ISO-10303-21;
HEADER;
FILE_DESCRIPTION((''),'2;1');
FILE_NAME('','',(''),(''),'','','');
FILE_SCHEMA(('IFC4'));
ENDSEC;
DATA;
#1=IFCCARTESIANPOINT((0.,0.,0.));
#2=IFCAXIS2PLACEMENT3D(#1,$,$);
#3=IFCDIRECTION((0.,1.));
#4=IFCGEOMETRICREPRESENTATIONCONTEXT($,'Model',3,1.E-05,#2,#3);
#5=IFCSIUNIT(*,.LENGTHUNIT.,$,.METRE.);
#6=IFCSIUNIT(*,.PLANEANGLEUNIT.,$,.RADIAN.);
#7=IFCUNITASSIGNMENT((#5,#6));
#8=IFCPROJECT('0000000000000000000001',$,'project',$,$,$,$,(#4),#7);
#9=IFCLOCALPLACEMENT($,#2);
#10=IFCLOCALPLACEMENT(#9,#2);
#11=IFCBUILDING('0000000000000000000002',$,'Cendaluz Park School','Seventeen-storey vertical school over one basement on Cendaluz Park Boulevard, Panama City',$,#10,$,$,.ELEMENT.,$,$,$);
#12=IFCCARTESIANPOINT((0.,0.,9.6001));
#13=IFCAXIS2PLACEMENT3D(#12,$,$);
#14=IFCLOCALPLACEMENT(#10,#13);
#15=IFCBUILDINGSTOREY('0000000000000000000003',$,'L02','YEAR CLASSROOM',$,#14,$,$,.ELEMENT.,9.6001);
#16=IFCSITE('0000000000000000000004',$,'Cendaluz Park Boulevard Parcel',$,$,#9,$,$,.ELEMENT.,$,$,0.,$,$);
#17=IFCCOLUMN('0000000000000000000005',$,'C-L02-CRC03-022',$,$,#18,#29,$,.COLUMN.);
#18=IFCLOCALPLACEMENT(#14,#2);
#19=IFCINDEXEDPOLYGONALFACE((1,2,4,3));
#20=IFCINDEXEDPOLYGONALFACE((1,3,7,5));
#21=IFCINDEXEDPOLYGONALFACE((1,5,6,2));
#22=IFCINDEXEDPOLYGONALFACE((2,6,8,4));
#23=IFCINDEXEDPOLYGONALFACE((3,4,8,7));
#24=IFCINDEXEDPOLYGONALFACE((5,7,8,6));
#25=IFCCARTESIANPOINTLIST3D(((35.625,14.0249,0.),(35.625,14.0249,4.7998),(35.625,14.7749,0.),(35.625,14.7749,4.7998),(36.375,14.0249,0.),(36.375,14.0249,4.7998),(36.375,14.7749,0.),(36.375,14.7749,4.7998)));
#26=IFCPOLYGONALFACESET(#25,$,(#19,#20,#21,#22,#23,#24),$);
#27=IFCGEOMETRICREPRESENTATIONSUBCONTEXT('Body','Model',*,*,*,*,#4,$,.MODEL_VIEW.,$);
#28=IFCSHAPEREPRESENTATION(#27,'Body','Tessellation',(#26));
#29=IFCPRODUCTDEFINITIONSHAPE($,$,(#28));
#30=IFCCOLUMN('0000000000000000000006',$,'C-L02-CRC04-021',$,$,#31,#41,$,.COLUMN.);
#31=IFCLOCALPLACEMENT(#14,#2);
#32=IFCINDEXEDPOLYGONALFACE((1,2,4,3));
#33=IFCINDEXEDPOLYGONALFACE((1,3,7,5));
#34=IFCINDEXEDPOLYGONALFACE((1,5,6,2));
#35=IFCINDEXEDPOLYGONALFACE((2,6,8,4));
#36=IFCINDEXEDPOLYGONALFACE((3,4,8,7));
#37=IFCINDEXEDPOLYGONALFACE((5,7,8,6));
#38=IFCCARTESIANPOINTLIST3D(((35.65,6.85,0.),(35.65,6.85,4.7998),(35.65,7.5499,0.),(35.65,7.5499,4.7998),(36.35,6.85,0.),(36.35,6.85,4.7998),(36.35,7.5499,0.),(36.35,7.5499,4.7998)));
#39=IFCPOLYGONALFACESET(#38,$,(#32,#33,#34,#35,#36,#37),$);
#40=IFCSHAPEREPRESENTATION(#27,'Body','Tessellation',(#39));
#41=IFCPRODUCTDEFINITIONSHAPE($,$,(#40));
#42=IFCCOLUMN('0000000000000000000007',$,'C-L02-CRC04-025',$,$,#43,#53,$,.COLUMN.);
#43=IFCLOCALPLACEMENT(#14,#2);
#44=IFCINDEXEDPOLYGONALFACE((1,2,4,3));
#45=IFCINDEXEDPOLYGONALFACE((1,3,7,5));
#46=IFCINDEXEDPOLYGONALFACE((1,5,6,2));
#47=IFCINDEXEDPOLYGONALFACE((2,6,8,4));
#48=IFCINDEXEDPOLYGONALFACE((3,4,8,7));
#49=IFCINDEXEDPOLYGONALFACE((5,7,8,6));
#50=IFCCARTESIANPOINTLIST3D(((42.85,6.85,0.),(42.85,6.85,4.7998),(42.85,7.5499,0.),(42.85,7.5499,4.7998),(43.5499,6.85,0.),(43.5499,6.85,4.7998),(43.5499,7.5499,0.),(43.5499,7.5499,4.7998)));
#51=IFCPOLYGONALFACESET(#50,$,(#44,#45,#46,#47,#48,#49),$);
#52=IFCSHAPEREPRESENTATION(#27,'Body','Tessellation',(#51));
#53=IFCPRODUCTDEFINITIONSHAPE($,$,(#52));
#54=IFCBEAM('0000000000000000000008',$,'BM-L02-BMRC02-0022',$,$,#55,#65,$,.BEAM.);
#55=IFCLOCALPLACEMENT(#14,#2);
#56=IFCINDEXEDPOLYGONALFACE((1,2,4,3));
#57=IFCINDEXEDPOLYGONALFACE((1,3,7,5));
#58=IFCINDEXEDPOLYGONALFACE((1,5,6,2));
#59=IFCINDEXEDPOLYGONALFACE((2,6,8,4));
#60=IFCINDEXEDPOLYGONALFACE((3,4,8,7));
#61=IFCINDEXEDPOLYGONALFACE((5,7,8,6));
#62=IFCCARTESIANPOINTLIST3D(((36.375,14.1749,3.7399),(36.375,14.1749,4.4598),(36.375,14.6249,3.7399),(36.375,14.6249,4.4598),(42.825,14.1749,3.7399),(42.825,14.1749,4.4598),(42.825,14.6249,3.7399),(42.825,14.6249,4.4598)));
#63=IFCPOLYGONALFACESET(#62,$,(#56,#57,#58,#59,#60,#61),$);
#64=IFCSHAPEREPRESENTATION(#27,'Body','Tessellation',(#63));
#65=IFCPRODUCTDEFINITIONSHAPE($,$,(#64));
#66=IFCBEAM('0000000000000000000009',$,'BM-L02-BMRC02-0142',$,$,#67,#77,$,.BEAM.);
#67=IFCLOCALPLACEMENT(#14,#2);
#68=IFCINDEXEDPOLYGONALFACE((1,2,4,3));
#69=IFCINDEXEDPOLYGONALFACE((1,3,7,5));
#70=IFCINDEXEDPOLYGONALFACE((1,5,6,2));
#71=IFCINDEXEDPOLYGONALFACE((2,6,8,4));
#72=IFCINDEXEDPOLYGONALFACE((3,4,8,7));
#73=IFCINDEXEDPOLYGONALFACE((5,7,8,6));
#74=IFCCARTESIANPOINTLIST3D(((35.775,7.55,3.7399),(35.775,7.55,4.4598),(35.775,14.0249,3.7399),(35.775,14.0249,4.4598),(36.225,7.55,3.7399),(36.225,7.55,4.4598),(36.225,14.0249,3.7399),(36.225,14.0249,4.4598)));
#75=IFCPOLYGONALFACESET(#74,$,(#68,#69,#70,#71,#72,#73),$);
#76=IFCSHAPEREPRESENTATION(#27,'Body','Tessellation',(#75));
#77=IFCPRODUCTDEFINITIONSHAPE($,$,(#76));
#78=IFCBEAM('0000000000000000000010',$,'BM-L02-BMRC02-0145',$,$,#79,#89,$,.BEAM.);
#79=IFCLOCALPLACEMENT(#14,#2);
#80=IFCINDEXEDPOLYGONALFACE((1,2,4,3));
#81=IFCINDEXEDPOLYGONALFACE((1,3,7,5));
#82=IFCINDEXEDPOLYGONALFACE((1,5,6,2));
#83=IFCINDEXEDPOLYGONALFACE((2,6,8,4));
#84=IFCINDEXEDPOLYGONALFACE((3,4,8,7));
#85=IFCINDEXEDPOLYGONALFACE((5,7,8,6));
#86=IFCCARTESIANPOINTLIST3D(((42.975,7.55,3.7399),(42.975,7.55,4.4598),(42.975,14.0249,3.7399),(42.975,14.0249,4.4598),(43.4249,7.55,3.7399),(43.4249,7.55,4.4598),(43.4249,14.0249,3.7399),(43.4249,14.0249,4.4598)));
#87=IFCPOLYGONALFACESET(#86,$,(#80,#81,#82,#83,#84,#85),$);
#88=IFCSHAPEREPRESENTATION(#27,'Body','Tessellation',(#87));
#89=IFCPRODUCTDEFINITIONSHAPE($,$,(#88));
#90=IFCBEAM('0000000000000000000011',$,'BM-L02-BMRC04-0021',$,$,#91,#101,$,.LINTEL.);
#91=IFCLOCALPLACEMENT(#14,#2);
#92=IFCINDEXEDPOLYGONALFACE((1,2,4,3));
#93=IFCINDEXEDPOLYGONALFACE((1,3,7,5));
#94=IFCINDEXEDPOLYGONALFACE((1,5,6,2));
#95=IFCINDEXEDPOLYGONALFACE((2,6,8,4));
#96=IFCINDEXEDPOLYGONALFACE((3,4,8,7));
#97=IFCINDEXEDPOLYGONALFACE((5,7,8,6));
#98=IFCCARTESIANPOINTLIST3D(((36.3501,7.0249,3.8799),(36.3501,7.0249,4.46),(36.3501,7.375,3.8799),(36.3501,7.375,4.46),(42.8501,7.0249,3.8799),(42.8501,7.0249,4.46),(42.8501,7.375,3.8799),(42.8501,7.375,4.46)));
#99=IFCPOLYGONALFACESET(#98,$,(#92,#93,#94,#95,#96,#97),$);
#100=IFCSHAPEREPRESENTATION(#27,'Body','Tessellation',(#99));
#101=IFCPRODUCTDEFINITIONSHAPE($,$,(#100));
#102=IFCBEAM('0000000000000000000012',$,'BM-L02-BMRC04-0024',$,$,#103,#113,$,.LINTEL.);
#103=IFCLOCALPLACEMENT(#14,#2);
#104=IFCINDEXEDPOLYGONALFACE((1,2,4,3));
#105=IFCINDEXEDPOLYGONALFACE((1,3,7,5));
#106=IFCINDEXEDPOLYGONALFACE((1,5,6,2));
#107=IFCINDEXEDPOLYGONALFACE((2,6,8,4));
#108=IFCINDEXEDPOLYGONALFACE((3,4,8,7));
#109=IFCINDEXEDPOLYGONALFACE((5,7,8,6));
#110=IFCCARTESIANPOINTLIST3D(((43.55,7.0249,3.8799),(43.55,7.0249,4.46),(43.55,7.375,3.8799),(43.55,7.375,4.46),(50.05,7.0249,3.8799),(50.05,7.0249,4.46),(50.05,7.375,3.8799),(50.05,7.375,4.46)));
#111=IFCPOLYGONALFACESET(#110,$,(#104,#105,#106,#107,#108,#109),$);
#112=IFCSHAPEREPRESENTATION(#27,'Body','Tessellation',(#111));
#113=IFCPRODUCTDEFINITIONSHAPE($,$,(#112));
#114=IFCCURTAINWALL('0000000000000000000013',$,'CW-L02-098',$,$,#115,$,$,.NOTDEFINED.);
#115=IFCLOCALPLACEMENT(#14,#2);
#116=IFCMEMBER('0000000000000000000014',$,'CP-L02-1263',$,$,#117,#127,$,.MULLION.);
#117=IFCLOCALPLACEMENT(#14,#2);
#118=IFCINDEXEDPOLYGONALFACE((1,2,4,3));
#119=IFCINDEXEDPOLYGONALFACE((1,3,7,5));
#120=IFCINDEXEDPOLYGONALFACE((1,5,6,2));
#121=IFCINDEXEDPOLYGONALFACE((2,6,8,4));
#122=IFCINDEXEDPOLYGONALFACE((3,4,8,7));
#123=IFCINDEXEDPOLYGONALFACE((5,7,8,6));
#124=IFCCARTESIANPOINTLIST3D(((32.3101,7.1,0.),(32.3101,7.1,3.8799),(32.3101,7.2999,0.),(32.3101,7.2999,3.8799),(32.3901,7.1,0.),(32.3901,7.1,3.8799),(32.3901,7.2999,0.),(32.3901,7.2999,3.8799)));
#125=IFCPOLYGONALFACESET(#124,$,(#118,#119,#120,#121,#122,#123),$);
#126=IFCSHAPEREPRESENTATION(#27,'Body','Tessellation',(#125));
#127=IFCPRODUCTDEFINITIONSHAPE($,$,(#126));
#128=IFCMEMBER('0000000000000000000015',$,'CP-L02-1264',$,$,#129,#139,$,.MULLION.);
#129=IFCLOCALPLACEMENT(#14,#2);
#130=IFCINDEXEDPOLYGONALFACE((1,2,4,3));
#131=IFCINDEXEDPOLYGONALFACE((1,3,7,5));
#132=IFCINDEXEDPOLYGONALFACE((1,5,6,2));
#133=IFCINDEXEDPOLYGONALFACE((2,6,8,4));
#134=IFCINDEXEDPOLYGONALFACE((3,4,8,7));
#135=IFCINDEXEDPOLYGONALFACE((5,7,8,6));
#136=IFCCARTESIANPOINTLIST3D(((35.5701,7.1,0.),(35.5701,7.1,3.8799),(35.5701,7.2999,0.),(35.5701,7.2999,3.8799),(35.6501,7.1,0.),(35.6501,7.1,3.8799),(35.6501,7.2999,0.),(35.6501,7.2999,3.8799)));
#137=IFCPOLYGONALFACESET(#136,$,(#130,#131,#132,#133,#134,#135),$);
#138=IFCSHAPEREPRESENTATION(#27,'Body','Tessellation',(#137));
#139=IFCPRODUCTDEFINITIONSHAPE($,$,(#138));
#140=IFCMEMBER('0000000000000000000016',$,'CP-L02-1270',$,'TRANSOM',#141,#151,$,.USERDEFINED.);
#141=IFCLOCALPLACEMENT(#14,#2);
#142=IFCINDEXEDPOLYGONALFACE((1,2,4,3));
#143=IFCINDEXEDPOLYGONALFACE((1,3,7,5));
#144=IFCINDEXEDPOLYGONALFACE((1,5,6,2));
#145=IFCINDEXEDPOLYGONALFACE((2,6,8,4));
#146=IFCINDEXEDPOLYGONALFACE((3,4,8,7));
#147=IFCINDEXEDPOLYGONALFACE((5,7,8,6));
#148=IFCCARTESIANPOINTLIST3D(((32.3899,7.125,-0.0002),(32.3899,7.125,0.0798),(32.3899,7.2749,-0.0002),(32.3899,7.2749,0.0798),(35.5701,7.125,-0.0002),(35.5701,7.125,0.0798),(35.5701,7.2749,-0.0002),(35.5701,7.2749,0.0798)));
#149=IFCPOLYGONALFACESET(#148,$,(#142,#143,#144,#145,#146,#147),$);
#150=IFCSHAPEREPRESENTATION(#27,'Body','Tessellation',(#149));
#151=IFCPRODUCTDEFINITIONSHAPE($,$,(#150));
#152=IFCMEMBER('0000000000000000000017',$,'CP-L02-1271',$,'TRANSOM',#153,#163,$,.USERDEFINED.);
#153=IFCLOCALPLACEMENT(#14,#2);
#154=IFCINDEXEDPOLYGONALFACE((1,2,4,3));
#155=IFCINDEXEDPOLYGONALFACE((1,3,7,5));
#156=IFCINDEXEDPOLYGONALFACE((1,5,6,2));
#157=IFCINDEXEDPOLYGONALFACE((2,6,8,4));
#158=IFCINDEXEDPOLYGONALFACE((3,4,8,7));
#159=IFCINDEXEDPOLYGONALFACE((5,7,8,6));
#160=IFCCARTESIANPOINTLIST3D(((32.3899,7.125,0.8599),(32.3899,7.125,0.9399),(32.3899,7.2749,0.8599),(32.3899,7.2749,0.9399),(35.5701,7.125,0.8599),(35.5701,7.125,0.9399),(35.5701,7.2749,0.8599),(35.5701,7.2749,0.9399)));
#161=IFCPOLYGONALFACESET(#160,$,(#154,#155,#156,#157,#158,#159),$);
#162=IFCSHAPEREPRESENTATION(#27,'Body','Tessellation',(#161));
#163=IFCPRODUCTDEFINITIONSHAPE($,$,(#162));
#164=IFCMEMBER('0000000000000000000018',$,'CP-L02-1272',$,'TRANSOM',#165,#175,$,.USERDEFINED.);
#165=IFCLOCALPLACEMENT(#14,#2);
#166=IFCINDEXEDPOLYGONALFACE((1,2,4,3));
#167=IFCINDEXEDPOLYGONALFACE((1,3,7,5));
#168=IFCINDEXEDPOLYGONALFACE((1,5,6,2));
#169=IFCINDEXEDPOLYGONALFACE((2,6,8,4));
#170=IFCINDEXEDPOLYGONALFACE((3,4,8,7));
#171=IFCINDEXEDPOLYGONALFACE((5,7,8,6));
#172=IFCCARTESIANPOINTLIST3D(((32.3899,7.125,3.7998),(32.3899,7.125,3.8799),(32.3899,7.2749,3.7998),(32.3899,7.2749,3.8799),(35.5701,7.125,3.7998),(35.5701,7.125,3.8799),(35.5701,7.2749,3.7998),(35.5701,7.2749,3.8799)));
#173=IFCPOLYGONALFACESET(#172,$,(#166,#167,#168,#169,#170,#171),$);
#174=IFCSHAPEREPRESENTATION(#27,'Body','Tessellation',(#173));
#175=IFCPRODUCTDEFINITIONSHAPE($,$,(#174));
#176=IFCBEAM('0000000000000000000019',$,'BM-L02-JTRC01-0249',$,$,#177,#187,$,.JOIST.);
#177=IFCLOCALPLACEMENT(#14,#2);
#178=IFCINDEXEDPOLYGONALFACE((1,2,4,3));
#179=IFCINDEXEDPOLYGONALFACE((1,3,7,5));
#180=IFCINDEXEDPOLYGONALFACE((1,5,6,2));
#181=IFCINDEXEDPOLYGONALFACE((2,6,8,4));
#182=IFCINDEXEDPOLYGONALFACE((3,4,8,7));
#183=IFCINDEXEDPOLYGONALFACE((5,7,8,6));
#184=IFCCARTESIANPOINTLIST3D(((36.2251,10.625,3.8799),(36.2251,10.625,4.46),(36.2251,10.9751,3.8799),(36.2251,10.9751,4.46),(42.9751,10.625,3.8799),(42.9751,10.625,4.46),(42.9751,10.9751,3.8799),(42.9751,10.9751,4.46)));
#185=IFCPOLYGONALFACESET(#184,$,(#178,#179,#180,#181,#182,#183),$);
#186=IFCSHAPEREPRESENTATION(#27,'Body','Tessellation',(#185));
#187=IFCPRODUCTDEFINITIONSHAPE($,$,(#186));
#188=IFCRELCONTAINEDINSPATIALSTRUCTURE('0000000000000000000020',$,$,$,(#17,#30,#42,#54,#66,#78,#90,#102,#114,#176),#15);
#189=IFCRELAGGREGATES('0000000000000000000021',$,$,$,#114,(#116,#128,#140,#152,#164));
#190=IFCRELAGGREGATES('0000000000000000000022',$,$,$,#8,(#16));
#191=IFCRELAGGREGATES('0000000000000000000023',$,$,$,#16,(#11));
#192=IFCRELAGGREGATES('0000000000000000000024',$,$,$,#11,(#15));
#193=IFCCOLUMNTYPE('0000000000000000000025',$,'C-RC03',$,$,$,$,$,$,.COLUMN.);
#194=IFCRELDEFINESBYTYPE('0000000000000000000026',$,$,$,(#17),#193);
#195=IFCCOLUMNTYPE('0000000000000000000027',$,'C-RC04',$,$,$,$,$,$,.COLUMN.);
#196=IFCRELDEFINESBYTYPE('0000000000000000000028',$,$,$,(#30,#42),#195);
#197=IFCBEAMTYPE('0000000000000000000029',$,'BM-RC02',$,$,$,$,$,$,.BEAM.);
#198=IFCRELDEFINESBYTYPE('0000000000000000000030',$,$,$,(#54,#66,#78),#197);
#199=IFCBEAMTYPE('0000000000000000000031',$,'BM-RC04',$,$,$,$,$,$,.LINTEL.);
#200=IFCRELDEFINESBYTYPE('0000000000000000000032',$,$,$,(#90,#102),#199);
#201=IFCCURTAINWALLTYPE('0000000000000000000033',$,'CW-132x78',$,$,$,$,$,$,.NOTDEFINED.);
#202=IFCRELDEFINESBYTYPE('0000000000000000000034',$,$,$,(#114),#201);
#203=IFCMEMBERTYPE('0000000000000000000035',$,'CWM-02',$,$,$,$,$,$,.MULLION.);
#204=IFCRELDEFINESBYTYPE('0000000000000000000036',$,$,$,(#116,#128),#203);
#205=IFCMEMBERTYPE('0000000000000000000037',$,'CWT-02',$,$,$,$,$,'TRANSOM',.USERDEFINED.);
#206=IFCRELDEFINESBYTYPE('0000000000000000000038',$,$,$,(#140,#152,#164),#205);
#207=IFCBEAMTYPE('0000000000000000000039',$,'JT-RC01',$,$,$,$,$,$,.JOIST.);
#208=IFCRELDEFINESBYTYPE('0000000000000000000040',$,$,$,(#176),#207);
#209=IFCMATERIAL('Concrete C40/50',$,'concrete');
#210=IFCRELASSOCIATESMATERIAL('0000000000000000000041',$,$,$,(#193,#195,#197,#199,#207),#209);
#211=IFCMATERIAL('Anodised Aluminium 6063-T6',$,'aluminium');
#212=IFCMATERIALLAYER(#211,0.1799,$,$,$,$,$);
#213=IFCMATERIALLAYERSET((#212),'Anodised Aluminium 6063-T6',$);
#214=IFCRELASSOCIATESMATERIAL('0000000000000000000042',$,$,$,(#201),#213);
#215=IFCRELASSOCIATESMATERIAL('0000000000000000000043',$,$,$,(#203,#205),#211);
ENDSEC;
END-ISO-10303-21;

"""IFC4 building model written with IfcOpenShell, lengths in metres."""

from ifc_helpers import new_model, si_unit, direction, frame, origin, origin_2d, place, context, subcontext, project, spatial, rectangle, extrude, material, layer, layer_set, material_profile, profile_set, type_object, element, aggregate, save


model = new_model("IFC4")

# Units and contexts
model_context = context("Model", 3, precision=1e-05, world=origin(), true_north=direction((0.0, 1.0)))
body_context = subcontext(model_context, "Body", "Model", "MODEL_VIEW")
ifc_project = project(units=[si_unit("LENGTHUNIT", "METRE"), si_unit("PLANEANGLEUNIT", "RADIAN")], contexts=[model_context])

# Site, building, storey
site_placement = place(None, origin())
site = spatial("IfcSite", under=ifc_project, at=site_placement, Name="Cendaluz Park Boulevard Parcel", CompositionType="ELEMENT", RefElevation=0.0)
building_placement = place(site_placement, origin())
building = spatial("IfcBuilding", under=site, at=building_placement, Name="Cendaluz Park School", Description="Seventeen-storey vertical school over one basement on Cendaluz Park Boulevard, Panama City", CompositionType="ELEMENT")
storey_placement = place(building_placement, frame((0.0, 0.0, 9.6001)))
storey = spatial("IfcBuildingStorey", under=building, at=storey_placement, Name="L02", Description="YEAR CLASSROOM", CompositionType="ELEMENT", Elevation=9.6001)

# Columns
ifc_material_1 = material(Name="Concrete C40/50", Category="concrete")
ifc_material_profile_1 = material_profile(ifc_material_1, rectangle(XDim=0.75, YDim=0.75, at=origin_2d()), Name="RC 750x750", Category="concrete")
ifc_profile_set_1 = profile_set([ifc_material_profile_1], Name="Concrete C40/50")
column_type_1 = type_object("IfcColumnType", Name="C-RC03", PredefinedType="COLUMN", material=ifc_profile_set_1)
column_placement = place(storey_placement, frame((36.0, 14.3999, 0.0), z_axis=(0.0, 0.0, 1.0), x_axis=(1.0, 0.0, 0.0)))
element("IfcColumn", 1, at=column_placement, inside=storey, type_object=column_type_1, Name="C-L02-CRC03-022", PredefinedType="COLUMN", context=body_context, shape_type="SweptSolid", body=[
    extrude(rectangle(XDim=0.75, YDim=0.75, at=origin_2d()), origin(), (0.0, 0.0, 1.0), 4.7998),
])
ifc_material_profile_2 = material_profile(ifc_material_1, rectangle(XDim=0.7, YDim=0.7, at=origin_2d()), Name="RC 700x700", Category="concrete")
ifc_profile_set_2 = profile_set([ifc_material_profile_2], Name="Concrete C40/50")
column_type_2 = type_object("IfcColumnType", Name="C-RC04", PredefinedType="COLUMN", material=ifc_profile_set_2)
for number, where, z_axis, x_axis, name in (
    (2, (36.0, 7.2, 0.0), (0.0, 0.0, 1.0), (1.0, 0.0, 0.0), "C-L02-CRC04-021"),
    (3, (43.2, 7.2, 0.0), (0.0, 0.0, 1.0), (1.0, 0.0, 0.0), "C-L02-CRC04-025"),
):
    element("IfcColumn", number, at=place(storey_placement, frame(where, z_axis=z_axis, x_axis=x_axis)), inside=storey, type_object=column_type_2, Name=name, PredefinedType="COLUMN", context=body_context, shape_type="SweptSolid", body=[
        extrude(rectangle(XDim=0.7, YDim=0.7, at=origin_2d()), origin(), (0.0, 0.0, 1.0), 4.7998),
    ])

# Beams
ifc_material_profile_3 = material_profile(ifc_material_1, rectangle(XDim=0.45, YDim=0.72, at=origin_2d()), Name="RC 450x720", Category="concrete")
ifc_profile_set_3 = profile_set([ifc_material_profile_3], Name="Concrete C40/50")
beam_type_1 = type_object("IfcBeamType", Name="BM-RC02", PredefinedType="BEAM", material=ifc_profile_set_3)
beam_1_placement = place(storey_placement, frame((36.375, 14.3999, 4.0999), z_axis=(1.0, 0.0, 0.0), x_axis=(0.0, 1.0, 0.0)))
element("IfcBeam", 4, at=beam_1_placement, inside=storey, type_object=beam_type_1, Name="BM-L02-BMRC02-0022", PredefinedType="BEAM", context=body_context, shape_type="SweptSolid", body=[
    extrude(rectangle(XDim=0.45, YDim=0.72, at=origin_2d()), origin(), (0.0, 0.0, 1.0), 6.45),
])
for number, where, z_axis, x_axis, name in (
    (5, (36.0, 7.55, 4.0999), (0.0, 1.0, 0.0), (-1.0, 0.0, 0.0), "BM-L02-BMRC02-0142"),
    (6, (43.2, 7.55, 4.0999), (0.0, 1.0, 0.0), (-1.0, 0.0, 0.0), "BM-L02-BMRC02-0145"),
):
    element("IfcBeam", number, at=place(storey_placement, frame(where, z_axis=z_axis, x_axis=x_axis)), inside=storey, type_object=beam_type_1, Name=name, PredefinedType="BEAM", context=body_context, shape_type="SweptSolid", body=[
        extrude(rectangle(XDim=0.45, YDim=0.72, at=origin_2d()), origin(), (0.0, 0.0, 1.0), 6.4749),
    ])
ifc_material_profile_4 = material_profile(ifc_material_1, rectangle(XDim=0.3501, YDim=0.5801, at=origin_2d()), Name="RC 350x580", Category="concrete")
ifc_profile_set_4 = profile_set([ifc_material_profile_4], Name="Concrete C40/50")
beam_type_2 = type_object("IfcBeamType", Name="BM-RC04", PredefinedType="LINTEL", material=ifc_profile_set_4)
for number, where, z_axis, x_axis, name in (
    (7, (36.3501, 7.2, 4.1699), (1.0, 0.0, 0.0), (0.0, 1.0, 0.0), "BM-L02-BMRC04-0021"),
    (8, (43.55, 7.2, 4.1699), (1.0, 0.0, 0.0), (0.0, 1.0, 0.0), "BM-L02-BMRC04-0024"),
):
    element("IfcBeam", number, at=place(storey_placement, frame(where, z_axis=z_axis, x_axis=x_axis)), inside=storey, type_object=beam_type_2, Name=name, PredefinedType="LINTEL", context=body_context, shape_type="SweptSolid", body=[
        extrude(rectangle(XDim=0.3501, YDim=0.5801, at=origin_2d()), origin(), (0.0, 0.0, 1.0), 6.5),
    ])

# Curtain wall, members
ifc_material_2 = material(Name="Anodised Aluminium 6063-T6", Category="aluminium")
ifc_layer_1 = layer(ifc_material_2, 0.1799)
ifc_layer_set_1 = layer_set([ifc_layer_1], Name="Anodised Aluminium 6063-T6")
curtain_wall_type = type_object("IfcCurtainWallType", Name="CW-132x78", PredefinedType="NOTDEFINED", material=ifc_layer_set_1)
curtain_wall_placement = place(storey_placement, origin())
curtain_wall = element("IfcCurtainWall", 9, at=curtain_wall_placement, inside=storey, type_object=curtain_wall_type, Name="CW-L02-098", PredefinedType="NOTDEFINED")
ifc_material_profile_5 = material_profile(ifc_material_2, rectangle(XDim=0.2, YDim=0.0801, at=origin_2d()), Name="CWM 200x80", Category="aluminium")
ifc_profile_set_5 = profile_set([ifc_material_profile_5], Name="Anodised Aluminium 6063-T6")
member_type_1 = type_object("IfcMemberType", Name="CWM-02", PredefinedType="MULLION", material=ifc_profile_set_5)
member_1_placement = place(storey_placement, frame((32.3501, 7.2, 0.0), z_axis=(0.0, 0.0, 1.0), x_axis=(0.0, 1.0, 0.0)))
member_1 = element("IfcMember", 10, at=member_1_placement, type_object=member_type_1, Name="CP-L02-1263", PredefinedType="MULLION", context=body_context, shape_type="SweptSolid", body=[
    extrude(rectangle(XDim=0.2, YDim=0.0801, at=origin_2d()), origin(), (0.0, 0.0, 1.0), 3.8799),
])
member_2_placement = place(storey_placement, frame((35.6101, 7.2, 0.0), z_axis=(0.0, 0.0, 1.0), x_axis=(0.0, 1.0, 0.0)))
member_2 = element("IfcMember", 11, at=member_2_placement, type_object=member_type_1, Name="CP-L02-1264", PredefinedType="MULLION", context=body_context, shape_type="SweptSolid", body=[
    extrude(rectangle(XDim=0.2, YDim=0.0801, at=origin_2d()), origin(), (0.0, 0.0, 1.0), 3.8799),
])
ifc_material_profile_6 = material_profile(ifc_material_2, rectangle(XDim=0.1499, YDim=0.0801, at=origin_2d()), Name="CWT 150x80", Category="aluminium")
ifc_profile_set_6 = profile_set([ifc_material_profile_6], Name="Anodised Aluminium 6063-T6")
member_type_2 = type_object("IfcMemberType", Name="CWT-02", ElementType="TRANSOM", PredefinedType="USERDEFINED", material=ifc_profile_set_6)
member_3_placement = place(storey_placement, frame((32.3899, 7.2, 0.0398), z_axis=(1.0, 0.0, 0.0), x_axis=(0.0, 1.0, 0.0)))
member_3 = element("IfcMember", 12, at=member_3_placement, type_object=member_type_2, Name="CP-L02-1270", ObjectType="TRANSOM", PredefinedType="USERDEFINED", context=body_context, shape_type="SweptSolid", body=[
    extrude(rectangle(XDim=0.1499, YDim=0.0801, at=origin_2d()), origin(), (0.0, 0.0, 1.0), 3.1802),
])
member_4_placement = place(storey_placement, frame((32.3899, 7.2, 0.8999), z_axis=(1.0, 0.0, 0.0), x_axis=(0.0, 1.0, 0.0)))
member_4 = element("IfcMember", 13, at=member_4_placement, type_object=member_type_2, Name="CP-L02-1271", ObjectType="TRANSOM", PredefinedType="USERDEFINED", context=body_context, shape_type="SweptSolid", body=[
    extrude(rectangle(XDim=0.1499, YDim=0.0801, at=origin_2d()), origin(), (0.0, 0.0, 1.0), 3.1802),
])
member_5_placement = place(storey_placement, frame((32.3899, 7.2, 3.8398), z_axis=(1.0, 0.0, 0.0), x_axis=(0.0, 1.0, 0.0)))
member_5 = element("IfcMember", 14, at=member_5_placement, type_object=member_type_2, Name="CP-L02-1272", ObjectType="TRANSOM", PredefinedType="USERDEFINED", context=body_context, shape_type="SweptSolid", body=[
    extrude(rectangle(XDim=0.1499, YDim=0.0801, at=origin_2d()), origin(), (0.0, 0.0, 1.0), 3.1802),
])

# Beam
ifc_material_profile_7 = material_profile(ifc_material_1, rectangle(XDim=0.3501, YDim=0.5801, at=origin_2d()), Name="RC 350x580", Category="concrete")
ifc_profile_set_7 = profile_set([ifc_material_profile_7], Name="Concrete C40/50")
beam_type_3 = type_object("IfcBeamType", Name="JT-RC01", PredefinedType="JOIST", material=ifc_profile_set_7)
beam_2_placement = place(storey_placement, frame((36.2251, 10.8, 4.1699), z_axis=(1.0, 0.0, 0.0), x_axis=(0.0, 1.0, 0.0)))
element("IfcBeam", 15, at=beam_2_placement, inside=storey, type_object=beam_type_3, Name="BM-L02-JTRC01-0249", PredefinedType="JOIST", context=body_context, shape_type="SweptSolid", body=[
    extrude(rectangle(XDim=0.3501, YDim=0.5801, at=origin_2d()), origin(), (0.0, 0.0, 1.0), 6.75),
])

aggregate(curtain_wall, [member_1, member_2, member_3, member_4, member_5])

save(model, "model.ifc")
